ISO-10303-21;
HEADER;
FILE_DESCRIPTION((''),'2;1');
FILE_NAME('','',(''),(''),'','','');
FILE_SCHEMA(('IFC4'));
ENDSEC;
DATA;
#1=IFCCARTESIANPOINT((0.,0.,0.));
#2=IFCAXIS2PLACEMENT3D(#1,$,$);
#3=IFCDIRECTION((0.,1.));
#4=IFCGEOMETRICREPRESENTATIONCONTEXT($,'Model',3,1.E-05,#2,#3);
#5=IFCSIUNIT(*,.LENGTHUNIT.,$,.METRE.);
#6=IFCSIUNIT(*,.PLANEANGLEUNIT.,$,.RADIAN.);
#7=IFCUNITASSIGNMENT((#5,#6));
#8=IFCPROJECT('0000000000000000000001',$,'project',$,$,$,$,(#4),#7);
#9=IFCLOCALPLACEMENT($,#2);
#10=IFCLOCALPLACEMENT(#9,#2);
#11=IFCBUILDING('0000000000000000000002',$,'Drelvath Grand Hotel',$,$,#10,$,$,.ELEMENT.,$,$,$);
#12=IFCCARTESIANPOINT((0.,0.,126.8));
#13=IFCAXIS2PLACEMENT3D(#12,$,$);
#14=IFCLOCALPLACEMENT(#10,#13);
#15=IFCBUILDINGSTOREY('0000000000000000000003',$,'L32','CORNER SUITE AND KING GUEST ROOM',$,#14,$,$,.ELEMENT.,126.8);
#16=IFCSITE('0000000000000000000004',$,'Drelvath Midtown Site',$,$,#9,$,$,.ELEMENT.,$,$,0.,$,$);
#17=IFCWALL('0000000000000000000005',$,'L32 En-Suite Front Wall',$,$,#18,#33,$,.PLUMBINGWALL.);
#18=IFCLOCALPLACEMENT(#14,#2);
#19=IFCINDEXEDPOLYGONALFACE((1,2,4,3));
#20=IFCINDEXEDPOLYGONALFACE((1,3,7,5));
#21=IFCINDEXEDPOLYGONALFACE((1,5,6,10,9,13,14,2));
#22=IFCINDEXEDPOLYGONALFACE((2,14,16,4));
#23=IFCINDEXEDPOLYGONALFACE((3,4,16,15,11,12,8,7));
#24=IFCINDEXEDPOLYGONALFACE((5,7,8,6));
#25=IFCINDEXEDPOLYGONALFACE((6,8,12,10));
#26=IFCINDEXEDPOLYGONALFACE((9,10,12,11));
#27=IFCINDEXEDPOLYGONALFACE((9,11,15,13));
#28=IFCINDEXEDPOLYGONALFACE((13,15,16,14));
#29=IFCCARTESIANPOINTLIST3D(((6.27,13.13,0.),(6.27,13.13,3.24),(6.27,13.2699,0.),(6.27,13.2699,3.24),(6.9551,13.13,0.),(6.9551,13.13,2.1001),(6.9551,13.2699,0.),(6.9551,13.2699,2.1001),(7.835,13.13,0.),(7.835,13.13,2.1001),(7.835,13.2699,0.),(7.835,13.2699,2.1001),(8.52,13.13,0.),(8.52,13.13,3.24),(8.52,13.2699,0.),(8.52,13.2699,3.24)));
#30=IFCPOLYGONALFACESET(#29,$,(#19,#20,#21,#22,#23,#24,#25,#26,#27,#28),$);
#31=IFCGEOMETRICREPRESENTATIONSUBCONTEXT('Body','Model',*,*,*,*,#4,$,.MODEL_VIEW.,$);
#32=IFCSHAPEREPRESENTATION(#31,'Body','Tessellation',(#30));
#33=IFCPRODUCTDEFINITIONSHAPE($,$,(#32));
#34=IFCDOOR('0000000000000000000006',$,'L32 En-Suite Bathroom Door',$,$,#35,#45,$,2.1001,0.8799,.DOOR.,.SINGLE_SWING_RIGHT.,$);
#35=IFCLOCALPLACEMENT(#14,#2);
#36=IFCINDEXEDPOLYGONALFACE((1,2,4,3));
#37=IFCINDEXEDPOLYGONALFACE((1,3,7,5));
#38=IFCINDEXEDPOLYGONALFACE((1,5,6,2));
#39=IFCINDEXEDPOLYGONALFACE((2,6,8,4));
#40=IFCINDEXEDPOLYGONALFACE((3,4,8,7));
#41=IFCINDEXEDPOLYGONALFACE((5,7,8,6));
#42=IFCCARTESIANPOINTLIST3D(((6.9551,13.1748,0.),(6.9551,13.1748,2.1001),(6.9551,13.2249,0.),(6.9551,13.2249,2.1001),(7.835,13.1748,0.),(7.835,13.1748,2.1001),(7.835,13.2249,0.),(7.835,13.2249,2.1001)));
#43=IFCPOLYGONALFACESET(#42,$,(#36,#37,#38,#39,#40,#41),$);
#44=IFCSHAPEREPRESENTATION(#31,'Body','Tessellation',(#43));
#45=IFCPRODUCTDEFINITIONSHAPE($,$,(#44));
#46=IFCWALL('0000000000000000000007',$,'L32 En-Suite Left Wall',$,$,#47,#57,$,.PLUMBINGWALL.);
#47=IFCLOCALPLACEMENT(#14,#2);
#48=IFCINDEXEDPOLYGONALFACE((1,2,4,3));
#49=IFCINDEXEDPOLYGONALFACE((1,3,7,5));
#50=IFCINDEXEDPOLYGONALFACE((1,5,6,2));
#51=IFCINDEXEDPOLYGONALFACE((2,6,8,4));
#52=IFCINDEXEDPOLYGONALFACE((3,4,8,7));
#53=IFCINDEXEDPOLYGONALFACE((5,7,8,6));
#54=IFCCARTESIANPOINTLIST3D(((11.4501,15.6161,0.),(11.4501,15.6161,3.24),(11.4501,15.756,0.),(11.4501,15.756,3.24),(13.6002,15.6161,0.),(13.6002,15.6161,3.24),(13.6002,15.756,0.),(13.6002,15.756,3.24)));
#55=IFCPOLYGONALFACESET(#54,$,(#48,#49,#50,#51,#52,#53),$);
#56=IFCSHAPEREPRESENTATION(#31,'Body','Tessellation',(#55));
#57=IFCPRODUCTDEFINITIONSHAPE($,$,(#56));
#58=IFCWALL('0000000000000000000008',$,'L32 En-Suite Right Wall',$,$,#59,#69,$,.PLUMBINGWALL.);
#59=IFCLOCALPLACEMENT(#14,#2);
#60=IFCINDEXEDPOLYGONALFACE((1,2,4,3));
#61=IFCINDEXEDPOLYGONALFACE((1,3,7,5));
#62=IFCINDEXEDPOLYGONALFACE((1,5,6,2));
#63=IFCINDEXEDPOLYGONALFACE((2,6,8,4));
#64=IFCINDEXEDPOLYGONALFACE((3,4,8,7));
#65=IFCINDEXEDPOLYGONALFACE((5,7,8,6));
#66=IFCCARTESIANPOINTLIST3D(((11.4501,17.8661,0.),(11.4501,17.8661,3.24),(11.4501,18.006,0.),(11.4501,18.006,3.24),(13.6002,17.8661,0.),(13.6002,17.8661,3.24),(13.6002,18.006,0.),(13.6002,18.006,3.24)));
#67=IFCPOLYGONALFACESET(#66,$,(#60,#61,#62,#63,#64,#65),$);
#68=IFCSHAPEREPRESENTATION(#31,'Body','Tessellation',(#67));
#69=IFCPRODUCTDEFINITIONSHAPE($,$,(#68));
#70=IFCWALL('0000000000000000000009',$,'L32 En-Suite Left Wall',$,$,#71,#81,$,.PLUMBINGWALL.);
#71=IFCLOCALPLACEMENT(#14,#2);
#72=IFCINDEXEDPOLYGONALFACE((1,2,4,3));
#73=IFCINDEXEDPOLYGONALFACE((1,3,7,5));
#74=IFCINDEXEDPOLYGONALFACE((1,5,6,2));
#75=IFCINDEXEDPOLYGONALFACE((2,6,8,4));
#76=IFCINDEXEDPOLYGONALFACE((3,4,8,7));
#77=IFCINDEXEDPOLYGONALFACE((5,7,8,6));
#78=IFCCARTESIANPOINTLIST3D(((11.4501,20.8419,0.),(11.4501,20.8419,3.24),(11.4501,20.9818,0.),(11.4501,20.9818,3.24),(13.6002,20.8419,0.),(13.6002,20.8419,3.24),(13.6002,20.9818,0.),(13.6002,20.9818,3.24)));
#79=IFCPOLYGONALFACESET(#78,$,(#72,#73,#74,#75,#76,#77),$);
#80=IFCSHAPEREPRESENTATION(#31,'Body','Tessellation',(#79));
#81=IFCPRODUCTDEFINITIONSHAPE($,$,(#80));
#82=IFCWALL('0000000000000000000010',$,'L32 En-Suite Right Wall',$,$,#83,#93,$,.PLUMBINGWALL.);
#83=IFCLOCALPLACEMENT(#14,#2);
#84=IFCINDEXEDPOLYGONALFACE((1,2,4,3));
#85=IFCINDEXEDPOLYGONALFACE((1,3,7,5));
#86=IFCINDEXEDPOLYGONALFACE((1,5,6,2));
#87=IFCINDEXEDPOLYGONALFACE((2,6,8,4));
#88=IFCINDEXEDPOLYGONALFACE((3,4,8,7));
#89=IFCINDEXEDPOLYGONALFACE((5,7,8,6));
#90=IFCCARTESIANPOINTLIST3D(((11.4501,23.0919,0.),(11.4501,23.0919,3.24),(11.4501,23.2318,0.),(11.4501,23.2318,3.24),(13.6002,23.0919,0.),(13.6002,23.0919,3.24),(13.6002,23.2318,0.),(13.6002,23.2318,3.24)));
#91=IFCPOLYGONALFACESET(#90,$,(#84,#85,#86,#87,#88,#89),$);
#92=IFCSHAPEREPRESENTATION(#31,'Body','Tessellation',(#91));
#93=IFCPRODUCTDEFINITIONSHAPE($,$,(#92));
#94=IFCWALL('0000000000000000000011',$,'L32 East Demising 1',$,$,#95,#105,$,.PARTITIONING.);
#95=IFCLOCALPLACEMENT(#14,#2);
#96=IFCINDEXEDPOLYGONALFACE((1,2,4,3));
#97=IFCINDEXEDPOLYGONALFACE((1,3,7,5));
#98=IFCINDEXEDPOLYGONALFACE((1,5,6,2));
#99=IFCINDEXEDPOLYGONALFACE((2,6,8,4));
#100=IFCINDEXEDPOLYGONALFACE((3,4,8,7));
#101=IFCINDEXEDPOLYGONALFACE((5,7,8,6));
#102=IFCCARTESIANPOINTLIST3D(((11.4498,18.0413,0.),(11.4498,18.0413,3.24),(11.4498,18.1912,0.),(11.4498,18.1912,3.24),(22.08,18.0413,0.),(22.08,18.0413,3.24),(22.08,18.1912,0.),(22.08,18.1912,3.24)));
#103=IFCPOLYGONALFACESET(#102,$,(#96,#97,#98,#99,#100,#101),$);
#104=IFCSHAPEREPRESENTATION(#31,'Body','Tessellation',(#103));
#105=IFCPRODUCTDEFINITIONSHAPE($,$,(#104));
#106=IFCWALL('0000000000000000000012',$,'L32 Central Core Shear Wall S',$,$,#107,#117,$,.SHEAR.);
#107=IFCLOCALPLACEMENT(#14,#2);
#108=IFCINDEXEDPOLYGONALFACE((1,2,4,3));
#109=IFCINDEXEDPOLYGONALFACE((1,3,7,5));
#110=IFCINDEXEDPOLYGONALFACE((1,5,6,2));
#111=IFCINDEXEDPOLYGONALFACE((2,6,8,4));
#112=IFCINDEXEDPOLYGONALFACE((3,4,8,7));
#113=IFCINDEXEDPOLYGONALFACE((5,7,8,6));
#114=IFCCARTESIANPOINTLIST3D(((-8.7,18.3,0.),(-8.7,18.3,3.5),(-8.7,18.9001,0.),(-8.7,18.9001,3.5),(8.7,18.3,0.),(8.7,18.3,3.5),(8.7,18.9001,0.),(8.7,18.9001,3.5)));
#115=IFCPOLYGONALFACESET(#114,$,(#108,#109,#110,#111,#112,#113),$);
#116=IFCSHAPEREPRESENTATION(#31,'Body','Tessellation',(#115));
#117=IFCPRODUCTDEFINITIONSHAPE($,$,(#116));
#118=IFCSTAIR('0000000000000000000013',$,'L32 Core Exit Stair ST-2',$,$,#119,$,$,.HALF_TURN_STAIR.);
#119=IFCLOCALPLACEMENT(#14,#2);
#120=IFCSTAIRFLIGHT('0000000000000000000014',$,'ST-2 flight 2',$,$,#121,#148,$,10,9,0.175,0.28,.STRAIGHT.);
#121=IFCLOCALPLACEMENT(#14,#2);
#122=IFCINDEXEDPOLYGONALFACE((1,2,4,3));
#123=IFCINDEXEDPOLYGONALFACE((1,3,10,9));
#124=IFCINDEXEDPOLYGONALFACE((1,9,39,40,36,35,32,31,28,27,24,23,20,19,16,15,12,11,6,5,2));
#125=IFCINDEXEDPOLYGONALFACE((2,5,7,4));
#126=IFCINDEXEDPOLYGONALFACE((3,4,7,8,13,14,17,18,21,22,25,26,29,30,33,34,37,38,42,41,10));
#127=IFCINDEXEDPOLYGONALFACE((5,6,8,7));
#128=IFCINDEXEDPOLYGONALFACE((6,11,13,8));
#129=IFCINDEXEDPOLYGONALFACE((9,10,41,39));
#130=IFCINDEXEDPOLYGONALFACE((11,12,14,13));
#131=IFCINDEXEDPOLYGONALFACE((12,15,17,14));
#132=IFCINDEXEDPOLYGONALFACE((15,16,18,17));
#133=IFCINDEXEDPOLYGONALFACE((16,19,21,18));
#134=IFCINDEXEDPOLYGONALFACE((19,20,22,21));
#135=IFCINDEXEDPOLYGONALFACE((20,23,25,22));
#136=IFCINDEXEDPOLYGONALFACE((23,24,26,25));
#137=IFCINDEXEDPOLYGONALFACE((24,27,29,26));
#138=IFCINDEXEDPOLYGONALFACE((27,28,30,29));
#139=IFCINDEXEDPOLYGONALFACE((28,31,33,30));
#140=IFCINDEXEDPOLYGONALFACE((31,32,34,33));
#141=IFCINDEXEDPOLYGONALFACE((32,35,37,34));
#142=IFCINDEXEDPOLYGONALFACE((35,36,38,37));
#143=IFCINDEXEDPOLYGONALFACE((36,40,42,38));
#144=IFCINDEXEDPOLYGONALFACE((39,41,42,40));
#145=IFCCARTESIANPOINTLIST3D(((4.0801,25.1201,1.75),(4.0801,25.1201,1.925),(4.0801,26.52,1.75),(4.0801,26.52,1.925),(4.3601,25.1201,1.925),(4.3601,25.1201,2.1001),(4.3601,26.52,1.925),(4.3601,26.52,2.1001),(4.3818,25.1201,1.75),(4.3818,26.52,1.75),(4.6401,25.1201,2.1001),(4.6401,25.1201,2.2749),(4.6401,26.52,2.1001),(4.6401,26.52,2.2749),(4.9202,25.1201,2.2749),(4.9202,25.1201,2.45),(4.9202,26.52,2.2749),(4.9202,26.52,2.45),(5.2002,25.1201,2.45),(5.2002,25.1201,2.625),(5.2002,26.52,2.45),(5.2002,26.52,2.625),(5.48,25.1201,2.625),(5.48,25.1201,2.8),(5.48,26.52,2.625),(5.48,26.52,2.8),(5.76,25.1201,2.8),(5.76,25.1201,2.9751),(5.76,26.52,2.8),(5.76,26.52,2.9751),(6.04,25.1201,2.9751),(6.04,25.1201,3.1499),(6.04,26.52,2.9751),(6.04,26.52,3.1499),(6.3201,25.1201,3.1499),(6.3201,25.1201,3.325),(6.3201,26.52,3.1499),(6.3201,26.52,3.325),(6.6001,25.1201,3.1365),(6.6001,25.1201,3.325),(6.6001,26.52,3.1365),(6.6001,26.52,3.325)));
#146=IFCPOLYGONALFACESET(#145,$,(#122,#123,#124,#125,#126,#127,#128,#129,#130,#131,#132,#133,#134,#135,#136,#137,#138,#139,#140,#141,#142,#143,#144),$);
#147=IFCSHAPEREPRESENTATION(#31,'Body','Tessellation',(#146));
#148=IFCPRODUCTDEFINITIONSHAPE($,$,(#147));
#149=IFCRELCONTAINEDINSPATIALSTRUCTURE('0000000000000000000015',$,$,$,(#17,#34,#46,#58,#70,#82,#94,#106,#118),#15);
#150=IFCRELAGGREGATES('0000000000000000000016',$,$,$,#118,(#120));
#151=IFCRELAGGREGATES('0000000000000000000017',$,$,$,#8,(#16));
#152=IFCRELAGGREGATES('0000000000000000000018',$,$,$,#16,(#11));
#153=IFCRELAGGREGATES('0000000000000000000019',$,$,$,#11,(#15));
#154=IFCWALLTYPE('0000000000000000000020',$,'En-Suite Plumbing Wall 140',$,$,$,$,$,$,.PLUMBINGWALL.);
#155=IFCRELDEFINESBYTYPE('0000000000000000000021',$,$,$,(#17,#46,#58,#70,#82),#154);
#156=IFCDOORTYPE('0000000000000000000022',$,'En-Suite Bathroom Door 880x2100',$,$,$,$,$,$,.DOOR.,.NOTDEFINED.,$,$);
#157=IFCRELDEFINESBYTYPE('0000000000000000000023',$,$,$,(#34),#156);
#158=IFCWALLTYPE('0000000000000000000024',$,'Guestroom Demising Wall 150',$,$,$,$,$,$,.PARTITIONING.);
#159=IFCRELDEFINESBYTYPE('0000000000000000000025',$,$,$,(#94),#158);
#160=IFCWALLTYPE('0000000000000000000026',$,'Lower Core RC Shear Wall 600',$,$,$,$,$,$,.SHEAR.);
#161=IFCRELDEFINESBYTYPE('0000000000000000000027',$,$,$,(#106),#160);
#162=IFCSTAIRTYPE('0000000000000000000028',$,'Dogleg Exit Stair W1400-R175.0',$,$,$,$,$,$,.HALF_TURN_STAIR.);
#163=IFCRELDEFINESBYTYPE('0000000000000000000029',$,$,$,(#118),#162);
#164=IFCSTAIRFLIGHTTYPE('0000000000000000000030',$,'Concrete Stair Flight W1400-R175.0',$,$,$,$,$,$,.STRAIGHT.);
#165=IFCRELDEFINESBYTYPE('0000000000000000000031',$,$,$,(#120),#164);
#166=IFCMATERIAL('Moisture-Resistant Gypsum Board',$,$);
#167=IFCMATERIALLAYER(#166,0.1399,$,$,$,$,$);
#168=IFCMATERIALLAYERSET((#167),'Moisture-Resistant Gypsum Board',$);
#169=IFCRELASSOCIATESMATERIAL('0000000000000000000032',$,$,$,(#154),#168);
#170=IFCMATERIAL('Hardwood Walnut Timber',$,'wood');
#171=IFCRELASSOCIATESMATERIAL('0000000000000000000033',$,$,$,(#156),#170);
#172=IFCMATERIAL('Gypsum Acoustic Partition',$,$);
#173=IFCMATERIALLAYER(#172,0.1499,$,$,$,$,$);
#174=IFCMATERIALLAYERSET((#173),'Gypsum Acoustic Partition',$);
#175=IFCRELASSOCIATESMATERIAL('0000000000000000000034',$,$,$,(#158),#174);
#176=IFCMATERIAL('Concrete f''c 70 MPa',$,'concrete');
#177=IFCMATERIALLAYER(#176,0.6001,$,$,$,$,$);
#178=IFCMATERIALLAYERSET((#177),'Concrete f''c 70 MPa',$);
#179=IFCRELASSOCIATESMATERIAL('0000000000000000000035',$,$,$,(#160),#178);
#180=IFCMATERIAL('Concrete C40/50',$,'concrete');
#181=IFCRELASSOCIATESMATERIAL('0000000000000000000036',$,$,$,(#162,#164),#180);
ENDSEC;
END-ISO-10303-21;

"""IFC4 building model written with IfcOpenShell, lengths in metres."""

from ifc_helpers import new_model, si_unit, direction, frame, frame_2d, origin, place, context, subcontext, project, spatial, polyline, rectangle, outline, extrude, material, layer, layer_set, type_object, element, fill, aggregate, save


model = new_model("IFC4")

# Units and contexts
model_context = context("Model", 3, precision=1e-05, world=origin(), true_north=direction((0.0, 1.0)))
body_context = subcontext(model_context, "Body", "Model", "MODEL_VIEW")
ifc_project = project(units=[si_unit("LENGTHUNIT", "METRE"), si_unit("PLANEANGLEUNIT", "RADIAN")], contexts=[model_context])

# Site, building, storey
site_placement = place(None, origin())
site = spatial("IfcSite", under=ifc_project, at=site_placement, Name="Drelvath Midtown Site", CompositionType="ELEMENT", RefElevation=0.0)
building_placement = place(site_placement, origin())
building = spatial("IfcBuilding", under=site, at=building_placement, Name="Drelvath Grand Hotel", CompositionType="ELEMENT")
storey_placement = place(building_placement, frame((0.0, 0.0, 126.8)))
storey = spatial("IfcBuildingStorey", under=building, at=storey_placement, Name="L32", Description="CORNER SUITE AND KING GUEST ROOM", CompositionType="ELEMENT", Elevation=126.8)

# Shared definitions
ifc_material_1 = material(Name="Concrete f'c 70 MPa", Category="concrete")

# Shared definitions
ifc_material_2 = material(Name="Concrete C40/50", Category="concrete")

# Shared definitions
ifc_material_3 = material(Name="Moisture-Resistant Gypsum Board")
ifc_layer_1 = layer(ifc_material_3, 0.1399)
ifc_layer_set_1 = layer_set([ifc_layer_1], Name="Moisture-Resistant Gypsum Board")
wall_type_1 = type_object("IfcWallType", Name="En-Suite Plumbing Wall 140", PredefinedType="PLUMBINGWALL", material=ifc_layer_set_1)

# Wall, opening, door
wall_1_placement = place(storey_placement, frame((6.27, 13.2, 0.0), z_axis=(0.0, 0.0, 1.0), x_axis=(1.0, 0.0, 0.0)))
wall_1 = element("IfcWall", 1, at=wall_1_placement, inside=storey, type_object=wall_type_1, Name="L32 En-Suite Front Wall", PredefinedType="PLUMBINGWALL", context=body_context, shape_type="SweptSolid", body=[
    extrude(rectangle(XDim=2.25, YDim=0.1399, at=frame_2d((1.125, 0.0))), origin(), (0.0, 0.0, 1.0), 3.24),
])
opening_1_placement = place(wall_1_placement, frame((0.6851, 0.0, 0.0)))
opening_1 = element("IfcOpeningElement", 2, at=opening_1_placement, cuts=wall_1, PredefinedType="OPENING", context=body_context, shape_type="SweptSolid", body=[
    extrude(rectangle(XDim=0.8799, YDim=2.1001, at=frame_2d((0.4399, 1.05))), frame((0.0, 0.0798, 0.0), z_axis=(0.0, -1.0, 0.0), x_axis=(1.0, 0.0, 0.0)), (0.0, 0.0, 1.0), 0.1599),
])
ifc_material_4 = material(Name="Hardwood Walnut Timber", Category="wood")
door_type_1 = type_object("IfcDoorType", Name="En-Suite Bathroom Door 880x2100", OperationType="NOTDEFINED", PredefinedType="DOOR", material=ifc_material_4)
door_1_placement = place(opening_1_placement, origin())
door_1 = element("IfcDoor", 3, at=door_1_placement, inside=storey, type_object=door_type_1, Name="L32 En-Suite Bathroom Door", OperationType="SINGLE_SWING_RIGHT", OverallHeight=2.1001, OverallWidth=0.8799, PredefinedType="DOOR", context=body_context, shape_type="SweptSolid", body=[
    extrude(rectangle(XDim=0.8799, YDim=2.1001, at=frame_2d((0.4399, 1.05))), frame((0.0, 0.0249, 0.0), z_axis=(0.0, -1.0, 0.0), x_axis=(1.0, 0.0, 0.0)), (0.0, 0.0, 1.0), 0.05),
])
fill(opening_1, door_1)

# Walls
for number, where, z_axis, x_axis, name in (
    (4, (11.45, 15.686, 0.0), (0.0, 0.0, 1.0), (1.0, 0.0, 0.0), "L32 En-Suite Left Wall"),
    (5, (11.45, 17.936, 0.0), (0.0, 0.0, 1.0), (1.0, 0.0, 0.0), "L32 En-Suite Right Wall"),
    (6, (11.45, 20.9119, 0.0), (0.0, 0.0, 1.0), (1.0, 0.0, 0.0), "L32 En-Suite Left Wall"),
    (7, (11.45, 23.1619, 0.0), (0.0, 0.0, 1.0), (1.0, 0.0, 0.0), "L32 En-Suite Right Wall"),
):
    element("IfcWall", number, at=place(storey_placement, frame(where, z_axis=z_axis, x_axis=x_axis)), inside=storey, type_object=wall_type_1, Name=name, PredefinedType="PLUMBINGWALL", context=body_context, shape_type="SweptSolid", body=[
        extrude(rectangle(XDim=2.1501, YDim=0.1399, at=frame_2d((1.0752, 0.0))), origin(), (0.0, 0.0, 1.0), 3.24),
    ])
ifc_material_5 = material(Name="Gypsum Acoustic Partition")
ifc_layer_2 = layer(ifc_material_5, 0.1499)
ifc_layer_set_2 = layer_set([ifc_layer_2], Name="Gypsum Acoustic Partition")
wall_type_2 = type_object("IfcWallType", Name="Guestroom Demising Wall 150", PredefinedType="PARTITIONING", material=ifc_layer_set_2)
wall_2_placement = place(storey_placement, frame((11.45, 18.1162, 0.0), z_axis=(0.0, 0.0, 1.0), x_axis=(1.0, 0.0, 0.0)))
element("IfcWall", 8, at=wall_2_placement, inside=storey, type_object=wall_type_2, Name="L32 East Demising 1", PredefinedType="PARTITIONING", context=body_context, shape_type="SweptSolid", body=[
    extrude(rectangle(XDim=10.6301, YDim=0.1499, at=frame_2d((5.3149, 0.0))), origin(), (0.0, 0.0, 1.0), 3.24),
])
ifc_layer_3 = layer(ifc_material_1, 0.6001)
ifc_layer_set_3 = layer_set([ifc_layer_3], Name="Concrete f'c 70 MPa")
wall_type_3 = type_object("IfcWallType", Name="Lower Core RC Shear Wall 600", PredefinedType="SHEAR", material=ifc_layer_set_3)
wall_3_placement = place(storey_placement, frame((8.7, 18.6001, 0.0), z_axis=(0.0, 0.0, 1.0), x_axis=(-1.0, 0.0, 0.0)))
element("IfcWall", 9, at=wall_3_placement, inside=storey, type_object=wall_type_3, Name="L32 Central Core Shear Wall S", PredefinedType="SHEAR", context=body_context, shape_type="SweptSolid", body=[
    extrude(rectangle(XDim=17.3999, YDim=0.6001, at=frame_2d((8.7, 0.0))), origin(), (0.0, 0.0, 1.0), 3.5),
])

# Stair, stair flight
stair_type = type_object("IfcStairType", Name="Dogleg Exit Stair W1400-R175.0", PredefinedType="HALF_TURN_STAIR", material=ifc_material_2)
stair_placement = place(storey_placement, origin())
stair = element("IfcStair", 10, at=stair_placement, inside=storey, type_object=stair_type, Name="L32 Core Exit Stair ST-2", PredefinedType="HALF_TURN_STAIR")
stair_flight_type = type_object("IfcStairFlightType", Name="Concrete Stair Flight W1400-R175.0", PredefinedType="STRAIGHT", material=ifc_material_2)
stair_flight_placement = place(storey_placement, frame((4.0801, 25.8201, 1.75), z_axis=(0.0, 0.0, 1.0), x_axis=(1.0, 0.0, 0.0)))
stair_flight = element("IfcStairFlight", 11, at=stair_flight_placement, type_object=stair_flight_type, Name="ST-2 flight 2", NumberOfRisers=10, NumberOfTreads=9, PredefinedType="STRAIGHT", RiserHeight=0.175, TreadLength=0.28, context=body_context, shape_type="SweptSolid", body=[
    extrude(outline(polyline([(0.0, 0.0), (0.0, 0.175), (0.28, 0.175), (0.28, 0.3501), (0.5601, 0.3501), (0.5601, 0.5249), (0.8401, 0.5249), (0.8401, 0.7), (1.1201, 0.7), (1.1201, 0.875), (1.3999, 0.875), (1.3999, 1.05), (1.6799, 1.05), (1.6799, 1.2251), (1.96, 1.2251), (1.96, 1.3999), (2.24, 1.3999), (2.24, 1.575), (2.52, 1.575), (2.52, 1.75), (2.52, 1.3865), (0.3018, 0.0), (0.0, 0.0)])), frame((0.0, 0.7, 0.0), z_axis=(0.0, -1.0, 0.0), x_axis=(1.0, 0.0, 0.0)), (0.0, 0.0, 1.0), 1.3999),
])
aggregate(stair, [stair_flight])

save(model, "model.ifc")
